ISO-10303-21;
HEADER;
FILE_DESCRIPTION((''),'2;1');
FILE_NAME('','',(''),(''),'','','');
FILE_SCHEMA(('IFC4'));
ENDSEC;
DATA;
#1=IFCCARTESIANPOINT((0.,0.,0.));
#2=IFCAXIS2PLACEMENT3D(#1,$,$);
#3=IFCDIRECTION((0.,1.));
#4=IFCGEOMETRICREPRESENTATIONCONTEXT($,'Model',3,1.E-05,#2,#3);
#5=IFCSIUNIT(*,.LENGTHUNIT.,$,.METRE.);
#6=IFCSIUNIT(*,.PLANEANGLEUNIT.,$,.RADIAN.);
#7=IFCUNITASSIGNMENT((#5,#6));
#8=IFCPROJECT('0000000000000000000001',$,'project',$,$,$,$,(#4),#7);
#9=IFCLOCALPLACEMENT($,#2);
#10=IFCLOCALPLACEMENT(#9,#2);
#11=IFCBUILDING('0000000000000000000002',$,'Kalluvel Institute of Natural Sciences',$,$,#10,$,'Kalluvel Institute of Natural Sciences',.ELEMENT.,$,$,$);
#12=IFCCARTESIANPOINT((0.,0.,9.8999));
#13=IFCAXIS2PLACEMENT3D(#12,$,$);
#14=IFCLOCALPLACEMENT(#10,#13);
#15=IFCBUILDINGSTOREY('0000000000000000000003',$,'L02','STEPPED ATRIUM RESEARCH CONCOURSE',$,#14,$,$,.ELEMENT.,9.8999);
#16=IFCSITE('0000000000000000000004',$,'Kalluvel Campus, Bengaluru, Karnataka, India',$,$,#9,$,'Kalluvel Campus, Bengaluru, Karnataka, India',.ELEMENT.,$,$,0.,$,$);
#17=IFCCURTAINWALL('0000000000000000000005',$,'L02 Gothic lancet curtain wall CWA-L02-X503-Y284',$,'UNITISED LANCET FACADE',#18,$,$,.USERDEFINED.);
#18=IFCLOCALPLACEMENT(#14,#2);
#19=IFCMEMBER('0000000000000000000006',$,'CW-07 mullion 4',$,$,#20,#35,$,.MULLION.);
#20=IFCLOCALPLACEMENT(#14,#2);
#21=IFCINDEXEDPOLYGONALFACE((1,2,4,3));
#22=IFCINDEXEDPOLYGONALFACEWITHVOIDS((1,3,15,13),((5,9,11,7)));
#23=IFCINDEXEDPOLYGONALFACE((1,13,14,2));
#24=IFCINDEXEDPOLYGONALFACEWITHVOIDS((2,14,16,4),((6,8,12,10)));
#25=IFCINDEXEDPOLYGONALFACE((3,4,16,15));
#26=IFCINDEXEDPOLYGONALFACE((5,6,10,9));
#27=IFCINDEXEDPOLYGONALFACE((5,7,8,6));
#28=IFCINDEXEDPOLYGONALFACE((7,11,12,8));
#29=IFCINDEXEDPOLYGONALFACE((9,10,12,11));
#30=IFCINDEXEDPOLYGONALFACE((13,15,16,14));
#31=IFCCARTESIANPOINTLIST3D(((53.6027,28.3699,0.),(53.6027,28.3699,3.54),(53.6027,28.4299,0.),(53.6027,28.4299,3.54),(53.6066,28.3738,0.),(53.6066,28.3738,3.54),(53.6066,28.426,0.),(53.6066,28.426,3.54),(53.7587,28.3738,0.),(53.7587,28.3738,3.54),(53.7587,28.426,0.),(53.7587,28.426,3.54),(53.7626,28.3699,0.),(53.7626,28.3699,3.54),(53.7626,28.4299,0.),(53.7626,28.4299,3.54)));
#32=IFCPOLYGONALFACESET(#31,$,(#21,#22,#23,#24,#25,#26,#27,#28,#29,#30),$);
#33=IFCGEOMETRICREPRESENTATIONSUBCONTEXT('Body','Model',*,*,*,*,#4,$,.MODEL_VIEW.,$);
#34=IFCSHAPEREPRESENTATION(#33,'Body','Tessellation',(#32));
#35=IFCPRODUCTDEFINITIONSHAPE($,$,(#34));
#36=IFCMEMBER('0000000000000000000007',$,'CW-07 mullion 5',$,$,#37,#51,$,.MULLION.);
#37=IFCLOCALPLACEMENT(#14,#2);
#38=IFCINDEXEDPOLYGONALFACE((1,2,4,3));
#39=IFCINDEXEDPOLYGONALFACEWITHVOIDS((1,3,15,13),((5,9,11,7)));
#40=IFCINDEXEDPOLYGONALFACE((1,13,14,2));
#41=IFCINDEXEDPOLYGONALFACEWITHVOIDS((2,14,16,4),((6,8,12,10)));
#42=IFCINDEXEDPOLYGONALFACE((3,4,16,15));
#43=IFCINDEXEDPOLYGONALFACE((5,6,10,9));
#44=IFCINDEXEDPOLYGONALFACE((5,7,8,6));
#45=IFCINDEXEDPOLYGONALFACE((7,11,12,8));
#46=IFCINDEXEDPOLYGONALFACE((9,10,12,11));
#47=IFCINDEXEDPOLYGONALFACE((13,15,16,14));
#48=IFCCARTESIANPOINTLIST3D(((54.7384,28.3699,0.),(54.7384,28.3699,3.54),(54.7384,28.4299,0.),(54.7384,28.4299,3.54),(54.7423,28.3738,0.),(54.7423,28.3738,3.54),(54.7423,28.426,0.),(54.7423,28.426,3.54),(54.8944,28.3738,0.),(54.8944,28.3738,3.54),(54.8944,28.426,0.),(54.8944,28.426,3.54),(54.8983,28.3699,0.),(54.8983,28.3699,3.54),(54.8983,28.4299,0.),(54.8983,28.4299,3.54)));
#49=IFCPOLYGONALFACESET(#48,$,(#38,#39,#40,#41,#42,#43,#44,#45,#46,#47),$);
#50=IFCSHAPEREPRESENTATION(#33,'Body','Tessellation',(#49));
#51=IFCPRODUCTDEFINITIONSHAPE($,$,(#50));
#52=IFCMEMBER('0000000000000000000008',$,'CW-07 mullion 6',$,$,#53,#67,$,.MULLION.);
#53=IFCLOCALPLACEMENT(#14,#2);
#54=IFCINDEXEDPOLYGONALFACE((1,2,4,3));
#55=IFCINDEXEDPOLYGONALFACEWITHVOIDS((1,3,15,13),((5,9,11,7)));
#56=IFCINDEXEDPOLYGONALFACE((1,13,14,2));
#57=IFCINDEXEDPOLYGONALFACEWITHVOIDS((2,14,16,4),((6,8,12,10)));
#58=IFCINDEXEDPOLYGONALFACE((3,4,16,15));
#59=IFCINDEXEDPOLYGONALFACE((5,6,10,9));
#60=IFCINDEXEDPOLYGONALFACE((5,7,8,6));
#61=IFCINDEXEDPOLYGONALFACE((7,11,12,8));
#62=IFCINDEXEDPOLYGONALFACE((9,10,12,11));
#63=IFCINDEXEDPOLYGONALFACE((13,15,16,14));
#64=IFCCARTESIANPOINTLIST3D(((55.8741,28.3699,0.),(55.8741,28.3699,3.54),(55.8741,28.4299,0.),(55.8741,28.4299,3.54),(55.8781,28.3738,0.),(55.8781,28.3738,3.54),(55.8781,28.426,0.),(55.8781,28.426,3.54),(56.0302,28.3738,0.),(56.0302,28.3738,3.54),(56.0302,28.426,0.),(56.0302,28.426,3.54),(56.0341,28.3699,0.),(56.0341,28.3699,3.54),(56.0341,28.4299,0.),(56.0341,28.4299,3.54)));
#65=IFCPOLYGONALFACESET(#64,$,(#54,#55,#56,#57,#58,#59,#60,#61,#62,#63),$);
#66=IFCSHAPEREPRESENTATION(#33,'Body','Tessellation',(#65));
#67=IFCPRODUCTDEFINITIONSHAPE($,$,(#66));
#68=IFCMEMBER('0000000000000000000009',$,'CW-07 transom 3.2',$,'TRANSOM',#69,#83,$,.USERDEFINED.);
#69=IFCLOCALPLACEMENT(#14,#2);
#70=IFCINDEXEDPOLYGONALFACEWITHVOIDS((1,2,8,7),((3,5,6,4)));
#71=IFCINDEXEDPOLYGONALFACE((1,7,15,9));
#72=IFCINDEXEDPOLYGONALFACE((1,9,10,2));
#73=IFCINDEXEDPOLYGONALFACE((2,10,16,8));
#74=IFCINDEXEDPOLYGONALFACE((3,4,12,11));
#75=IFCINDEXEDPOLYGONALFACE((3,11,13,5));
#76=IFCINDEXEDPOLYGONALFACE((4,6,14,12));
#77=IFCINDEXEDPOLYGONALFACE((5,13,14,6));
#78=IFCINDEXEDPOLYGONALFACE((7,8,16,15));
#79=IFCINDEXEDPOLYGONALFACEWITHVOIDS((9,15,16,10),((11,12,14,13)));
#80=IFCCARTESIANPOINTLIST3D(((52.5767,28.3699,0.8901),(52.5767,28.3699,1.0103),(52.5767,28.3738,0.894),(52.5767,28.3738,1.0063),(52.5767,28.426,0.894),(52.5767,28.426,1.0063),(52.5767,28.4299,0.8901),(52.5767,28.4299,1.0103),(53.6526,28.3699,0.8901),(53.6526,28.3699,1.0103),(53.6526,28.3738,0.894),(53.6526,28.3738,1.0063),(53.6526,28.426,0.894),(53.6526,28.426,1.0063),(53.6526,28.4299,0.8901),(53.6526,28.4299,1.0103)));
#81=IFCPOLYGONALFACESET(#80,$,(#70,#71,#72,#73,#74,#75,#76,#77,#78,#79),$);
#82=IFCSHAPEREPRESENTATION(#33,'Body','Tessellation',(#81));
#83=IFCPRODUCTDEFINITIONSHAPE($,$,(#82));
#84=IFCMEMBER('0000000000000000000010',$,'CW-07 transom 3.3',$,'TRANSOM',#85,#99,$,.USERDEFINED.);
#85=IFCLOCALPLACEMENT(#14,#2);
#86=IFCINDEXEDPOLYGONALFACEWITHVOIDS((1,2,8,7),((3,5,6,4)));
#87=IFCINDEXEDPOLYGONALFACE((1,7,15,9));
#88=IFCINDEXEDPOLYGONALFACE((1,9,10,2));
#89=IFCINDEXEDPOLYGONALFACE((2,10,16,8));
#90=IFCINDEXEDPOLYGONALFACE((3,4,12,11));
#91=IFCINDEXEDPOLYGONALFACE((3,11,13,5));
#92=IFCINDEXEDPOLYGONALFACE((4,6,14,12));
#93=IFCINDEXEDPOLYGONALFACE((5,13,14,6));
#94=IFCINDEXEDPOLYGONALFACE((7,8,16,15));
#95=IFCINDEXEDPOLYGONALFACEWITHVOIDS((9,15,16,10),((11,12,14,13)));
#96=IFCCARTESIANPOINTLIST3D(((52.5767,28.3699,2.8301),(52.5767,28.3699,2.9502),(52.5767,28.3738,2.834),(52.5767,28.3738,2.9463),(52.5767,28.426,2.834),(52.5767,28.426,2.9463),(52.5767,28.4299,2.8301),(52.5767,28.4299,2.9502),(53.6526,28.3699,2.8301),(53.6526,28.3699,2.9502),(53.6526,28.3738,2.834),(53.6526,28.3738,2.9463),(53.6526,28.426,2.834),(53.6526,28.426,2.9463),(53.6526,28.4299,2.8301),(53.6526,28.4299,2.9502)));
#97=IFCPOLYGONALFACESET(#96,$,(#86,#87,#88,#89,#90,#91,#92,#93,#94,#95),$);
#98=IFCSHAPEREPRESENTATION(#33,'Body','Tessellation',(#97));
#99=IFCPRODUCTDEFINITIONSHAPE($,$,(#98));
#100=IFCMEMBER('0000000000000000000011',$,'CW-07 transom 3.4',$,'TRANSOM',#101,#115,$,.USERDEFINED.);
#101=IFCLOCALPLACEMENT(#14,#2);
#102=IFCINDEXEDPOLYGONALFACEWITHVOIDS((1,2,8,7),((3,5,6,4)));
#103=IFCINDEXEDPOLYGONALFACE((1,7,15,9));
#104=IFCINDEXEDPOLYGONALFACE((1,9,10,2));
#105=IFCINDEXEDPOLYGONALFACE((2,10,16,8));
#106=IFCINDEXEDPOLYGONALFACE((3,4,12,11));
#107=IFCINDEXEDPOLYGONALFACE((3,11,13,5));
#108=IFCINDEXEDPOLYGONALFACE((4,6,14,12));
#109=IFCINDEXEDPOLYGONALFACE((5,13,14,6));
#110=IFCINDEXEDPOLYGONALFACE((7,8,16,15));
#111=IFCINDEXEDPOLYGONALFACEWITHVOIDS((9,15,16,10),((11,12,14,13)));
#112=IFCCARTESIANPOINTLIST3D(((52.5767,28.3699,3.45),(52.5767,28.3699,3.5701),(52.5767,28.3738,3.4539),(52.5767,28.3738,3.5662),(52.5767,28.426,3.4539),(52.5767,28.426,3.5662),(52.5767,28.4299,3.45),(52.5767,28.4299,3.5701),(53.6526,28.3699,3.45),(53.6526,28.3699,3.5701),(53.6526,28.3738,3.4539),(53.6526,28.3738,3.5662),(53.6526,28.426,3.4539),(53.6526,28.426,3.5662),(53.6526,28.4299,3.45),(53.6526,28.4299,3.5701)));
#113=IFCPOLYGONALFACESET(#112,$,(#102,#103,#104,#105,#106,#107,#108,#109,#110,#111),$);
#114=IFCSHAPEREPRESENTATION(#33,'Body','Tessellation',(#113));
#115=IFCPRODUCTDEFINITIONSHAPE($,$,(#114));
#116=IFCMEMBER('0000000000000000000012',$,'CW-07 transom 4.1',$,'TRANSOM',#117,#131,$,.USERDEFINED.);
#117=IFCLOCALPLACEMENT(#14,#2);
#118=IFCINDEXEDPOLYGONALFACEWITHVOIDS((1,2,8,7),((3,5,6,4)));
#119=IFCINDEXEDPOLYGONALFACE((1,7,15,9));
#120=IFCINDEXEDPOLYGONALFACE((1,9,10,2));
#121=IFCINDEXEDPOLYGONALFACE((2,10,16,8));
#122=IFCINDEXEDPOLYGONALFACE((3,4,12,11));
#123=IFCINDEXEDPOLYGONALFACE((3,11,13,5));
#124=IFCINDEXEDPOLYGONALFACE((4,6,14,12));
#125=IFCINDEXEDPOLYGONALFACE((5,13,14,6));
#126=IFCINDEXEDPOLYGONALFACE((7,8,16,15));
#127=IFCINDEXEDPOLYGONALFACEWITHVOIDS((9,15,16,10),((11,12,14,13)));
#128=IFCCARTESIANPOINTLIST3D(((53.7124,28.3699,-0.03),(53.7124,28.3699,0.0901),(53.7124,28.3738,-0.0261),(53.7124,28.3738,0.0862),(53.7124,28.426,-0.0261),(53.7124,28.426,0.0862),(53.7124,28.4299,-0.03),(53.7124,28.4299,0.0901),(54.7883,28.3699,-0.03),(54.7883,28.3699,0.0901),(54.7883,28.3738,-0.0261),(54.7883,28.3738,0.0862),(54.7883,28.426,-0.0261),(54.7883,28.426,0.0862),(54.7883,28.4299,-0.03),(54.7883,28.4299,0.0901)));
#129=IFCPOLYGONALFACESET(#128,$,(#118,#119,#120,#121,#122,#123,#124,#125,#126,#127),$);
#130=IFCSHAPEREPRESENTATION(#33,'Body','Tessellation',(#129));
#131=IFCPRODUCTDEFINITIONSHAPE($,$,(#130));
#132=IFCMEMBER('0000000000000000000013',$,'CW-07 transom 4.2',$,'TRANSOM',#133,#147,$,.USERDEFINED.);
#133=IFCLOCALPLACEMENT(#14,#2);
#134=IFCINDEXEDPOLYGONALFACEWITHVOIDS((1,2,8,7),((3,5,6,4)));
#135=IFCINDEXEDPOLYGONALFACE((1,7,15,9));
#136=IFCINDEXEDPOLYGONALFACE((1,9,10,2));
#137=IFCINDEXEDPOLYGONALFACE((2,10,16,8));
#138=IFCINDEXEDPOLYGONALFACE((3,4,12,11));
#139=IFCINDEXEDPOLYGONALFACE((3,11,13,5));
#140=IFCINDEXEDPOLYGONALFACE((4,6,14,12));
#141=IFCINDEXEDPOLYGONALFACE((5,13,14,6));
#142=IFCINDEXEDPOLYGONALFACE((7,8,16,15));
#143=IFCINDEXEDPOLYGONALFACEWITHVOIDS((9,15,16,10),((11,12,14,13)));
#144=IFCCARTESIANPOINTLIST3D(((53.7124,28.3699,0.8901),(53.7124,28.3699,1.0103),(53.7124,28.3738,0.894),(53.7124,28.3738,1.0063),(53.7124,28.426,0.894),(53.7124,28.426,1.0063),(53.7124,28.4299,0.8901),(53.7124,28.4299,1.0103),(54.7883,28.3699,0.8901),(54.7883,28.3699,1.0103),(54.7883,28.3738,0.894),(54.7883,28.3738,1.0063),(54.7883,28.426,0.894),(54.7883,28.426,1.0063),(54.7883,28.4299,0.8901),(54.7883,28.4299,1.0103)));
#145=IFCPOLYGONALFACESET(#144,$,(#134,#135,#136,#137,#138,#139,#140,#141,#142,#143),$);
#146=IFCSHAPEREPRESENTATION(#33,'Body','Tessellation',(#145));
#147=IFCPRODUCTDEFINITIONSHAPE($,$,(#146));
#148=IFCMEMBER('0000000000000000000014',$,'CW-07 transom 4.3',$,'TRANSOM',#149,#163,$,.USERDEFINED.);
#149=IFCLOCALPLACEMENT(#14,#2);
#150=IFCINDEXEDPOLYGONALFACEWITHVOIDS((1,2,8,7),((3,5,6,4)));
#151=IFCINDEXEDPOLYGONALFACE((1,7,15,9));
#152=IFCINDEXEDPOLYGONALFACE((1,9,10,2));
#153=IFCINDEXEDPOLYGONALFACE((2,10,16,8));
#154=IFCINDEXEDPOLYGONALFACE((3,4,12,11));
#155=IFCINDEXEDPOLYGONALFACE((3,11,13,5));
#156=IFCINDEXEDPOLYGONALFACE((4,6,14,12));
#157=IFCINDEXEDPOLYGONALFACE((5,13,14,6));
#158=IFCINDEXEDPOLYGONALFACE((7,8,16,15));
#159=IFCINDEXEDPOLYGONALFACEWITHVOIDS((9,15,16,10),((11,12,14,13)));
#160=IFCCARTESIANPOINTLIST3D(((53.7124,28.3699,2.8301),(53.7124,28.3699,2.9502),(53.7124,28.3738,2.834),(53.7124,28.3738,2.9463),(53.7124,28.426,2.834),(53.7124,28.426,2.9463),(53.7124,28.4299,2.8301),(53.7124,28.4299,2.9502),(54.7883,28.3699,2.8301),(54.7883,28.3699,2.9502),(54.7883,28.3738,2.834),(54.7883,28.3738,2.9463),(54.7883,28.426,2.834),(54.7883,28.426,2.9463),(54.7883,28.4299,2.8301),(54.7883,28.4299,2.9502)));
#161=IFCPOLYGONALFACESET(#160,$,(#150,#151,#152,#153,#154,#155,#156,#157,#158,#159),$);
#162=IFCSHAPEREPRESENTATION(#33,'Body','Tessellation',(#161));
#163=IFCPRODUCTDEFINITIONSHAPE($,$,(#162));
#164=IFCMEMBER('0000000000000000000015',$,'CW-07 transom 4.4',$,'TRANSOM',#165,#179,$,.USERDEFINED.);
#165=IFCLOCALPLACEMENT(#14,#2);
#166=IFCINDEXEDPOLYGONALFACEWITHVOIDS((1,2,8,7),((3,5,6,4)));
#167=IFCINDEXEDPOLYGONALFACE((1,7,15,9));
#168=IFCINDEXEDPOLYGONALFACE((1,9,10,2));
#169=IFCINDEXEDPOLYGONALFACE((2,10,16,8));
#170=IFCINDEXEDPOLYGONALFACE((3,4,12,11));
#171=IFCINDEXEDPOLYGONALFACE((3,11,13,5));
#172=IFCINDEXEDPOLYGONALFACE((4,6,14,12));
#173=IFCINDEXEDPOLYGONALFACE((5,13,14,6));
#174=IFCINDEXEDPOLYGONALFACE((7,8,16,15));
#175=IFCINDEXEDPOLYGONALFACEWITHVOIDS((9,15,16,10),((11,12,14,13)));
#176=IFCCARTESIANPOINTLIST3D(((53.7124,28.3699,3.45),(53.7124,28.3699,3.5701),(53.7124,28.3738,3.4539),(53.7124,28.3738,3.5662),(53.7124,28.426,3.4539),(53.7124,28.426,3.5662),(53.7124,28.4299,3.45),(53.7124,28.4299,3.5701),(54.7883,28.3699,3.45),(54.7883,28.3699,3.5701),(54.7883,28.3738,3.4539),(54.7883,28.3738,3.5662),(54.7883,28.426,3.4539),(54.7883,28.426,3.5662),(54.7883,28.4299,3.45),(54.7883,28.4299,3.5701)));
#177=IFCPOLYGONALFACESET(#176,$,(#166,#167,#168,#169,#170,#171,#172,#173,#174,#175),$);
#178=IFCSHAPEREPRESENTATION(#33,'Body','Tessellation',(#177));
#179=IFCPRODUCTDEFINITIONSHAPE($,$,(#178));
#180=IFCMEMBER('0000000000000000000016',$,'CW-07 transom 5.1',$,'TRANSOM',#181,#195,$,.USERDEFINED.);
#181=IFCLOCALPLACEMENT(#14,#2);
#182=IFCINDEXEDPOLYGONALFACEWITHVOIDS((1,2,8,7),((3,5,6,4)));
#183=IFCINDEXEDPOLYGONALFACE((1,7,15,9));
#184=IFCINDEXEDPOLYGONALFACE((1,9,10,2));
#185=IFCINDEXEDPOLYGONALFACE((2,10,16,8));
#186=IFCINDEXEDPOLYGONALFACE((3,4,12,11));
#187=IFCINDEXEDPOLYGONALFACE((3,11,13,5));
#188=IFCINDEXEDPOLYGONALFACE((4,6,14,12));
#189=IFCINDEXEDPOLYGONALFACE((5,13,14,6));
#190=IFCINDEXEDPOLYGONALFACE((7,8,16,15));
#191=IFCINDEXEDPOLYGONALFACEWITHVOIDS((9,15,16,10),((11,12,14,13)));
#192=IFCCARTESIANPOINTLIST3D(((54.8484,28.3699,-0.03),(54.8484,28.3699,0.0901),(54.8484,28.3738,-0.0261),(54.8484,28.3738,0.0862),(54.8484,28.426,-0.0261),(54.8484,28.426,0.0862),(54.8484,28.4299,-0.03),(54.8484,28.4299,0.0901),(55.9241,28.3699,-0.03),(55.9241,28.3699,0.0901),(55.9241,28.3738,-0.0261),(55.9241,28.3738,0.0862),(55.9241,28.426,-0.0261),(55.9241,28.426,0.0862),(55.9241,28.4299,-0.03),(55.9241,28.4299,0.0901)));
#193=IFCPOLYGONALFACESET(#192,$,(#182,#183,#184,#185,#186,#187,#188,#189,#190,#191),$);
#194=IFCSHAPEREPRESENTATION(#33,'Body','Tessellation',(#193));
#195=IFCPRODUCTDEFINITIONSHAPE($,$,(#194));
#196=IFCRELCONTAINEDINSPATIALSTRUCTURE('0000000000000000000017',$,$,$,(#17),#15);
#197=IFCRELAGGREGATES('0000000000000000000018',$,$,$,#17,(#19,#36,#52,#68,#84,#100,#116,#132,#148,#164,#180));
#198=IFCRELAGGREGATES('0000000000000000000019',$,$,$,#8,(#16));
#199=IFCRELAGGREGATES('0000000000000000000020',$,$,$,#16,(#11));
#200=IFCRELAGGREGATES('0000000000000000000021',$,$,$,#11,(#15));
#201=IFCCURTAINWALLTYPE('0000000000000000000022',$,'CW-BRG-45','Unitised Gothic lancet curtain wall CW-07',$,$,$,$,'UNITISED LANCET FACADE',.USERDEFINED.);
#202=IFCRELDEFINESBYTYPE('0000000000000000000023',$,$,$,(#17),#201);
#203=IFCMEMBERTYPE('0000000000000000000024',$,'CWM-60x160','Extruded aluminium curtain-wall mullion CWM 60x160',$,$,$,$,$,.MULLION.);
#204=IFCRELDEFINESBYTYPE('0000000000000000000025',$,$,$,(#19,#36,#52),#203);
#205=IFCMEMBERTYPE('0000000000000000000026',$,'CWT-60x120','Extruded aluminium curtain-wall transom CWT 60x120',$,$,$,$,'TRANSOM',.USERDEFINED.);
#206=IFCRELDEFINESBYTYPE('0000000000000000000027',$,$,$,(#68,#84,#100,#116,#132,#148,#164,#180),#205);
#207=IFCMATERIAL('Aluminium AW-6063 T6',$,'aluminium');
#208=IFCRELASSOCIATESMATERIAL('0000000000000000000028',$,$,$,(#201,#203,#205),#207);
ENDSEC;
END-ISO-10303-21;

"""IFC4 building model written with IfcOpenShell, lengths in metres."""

from ifc_helpers import new_model, si_unit, direction, frame, origin, origin_2d, place, context, subcontext, project, spatial, hollow_rectangle, extrude, material, material_profile, profile_set, type_object, element, aggregate, save


model = new_model("IFC4")

# Units and contexts
model_context = context("Model", 3, precision=1e-05, world=origin(), true_north=direction((0.0, 1.0)))
body_context = subcontext(model_context, "Body", "Model", "MODEL_VIEW")
ifc_project = project(units=[si_unit("LENGTHUNIT", "METRE"), si_unit("PLANEANGLEUNIT", "RADIAN")], contexts=[model_context])

# Site, building, storey
site_placement = place(None, origin())
site = spatial("IfcSite", under=ifc_project, at=site_placement, Name="Kalluvel Campus, Bengaluru, Karnataka, India", LongName="Kalluvel Campus, Bengaluru, Karnataka, India", CompositionType="ELEMENT", RefElevation=0.0)
building_placement = place(site_placement, origin())
building = spatial("IfcBuilding", under=site, at=building_placement, Name="Kalluvel Institute of Natural Sciences", LongName="Kalluvel Institute of Natural Sciences", CompositionType="ELEMENT")
storey_placement = place(building_placement, frame((0.0, 0.0, 9.8999)))
storey = spatial("IfcBuildingStorey", under=building, at=storey_placement, Name="L02", Description="STEPPED ATRIUM RESEARCH CONCOURSE", CompositionType="ELEMENT", Elevation=9.8999)

# Curtain wall, members
ifc_material_1 = material(Name="Aluminium AW-6063 T6", Category="aluminium")
curtain_wall_type = type_object("IfcCurtainWallType", Name="CW-BRG-45", Description="Unitised Gothic lancet curtain wall CW-07", ElementType="UNITISED LANCET FACADE", PredefinedType="USERDEFINED", material=ifc_material_1)
curtain_wall_placement = place(storey_placement, origin())
curtain_wall = element("IfcCurtainWall", 1, at=curtain_wall_placement, inside=storey, type_object=curtain_wall_type, Name="L02 Gothic lancet curtain wall CWA-L02-X503-Y284", ObjectType="UNITISED LANCET FACADE", PredefinedType="USERDEFINED")
ifc_material_profile_1 = material_profile(ifc_material_1, hollow_rectangle(XDim=0.0601, YDim=0.1599, WallThickness=0.0039, at=origin_2d()), Name="CWM 60x160")
ifc_profile_set_1 = profile_set([ifc_material_profile_1], Name="Aluminium AW-6063 T6")
member_type_1 = type_object("IfcMemberType", Name="CWM-60x160", Description="Extruded aluminium curtain-wall mullion CWM 60x160", PredefinedType="MULLION", material=ifc_profile_set_1)
member_1_placement = place(storey_placement, frame((53.6826, 28.3999, 0.0), z_axis=(0.0, 0.0, 1.0), x_axis=(0.0, 1.0, 0.0)))
member_1 = element("IfcMember", 2, at=member_1_placement, type_object=member_type_1, Name="CW-07 mullion 4", PredefinedType="MULLION", context=body_context, shape_type="SweptSolid", body=[
    extrude(hollow_rectangle(XDim=0.0601, YDim=0.1599, WallThickness=0.0039, at=origin_2d()), origin(), (0.0, 0.0, 1.0), 3.54),
])
member_2_placement = place(storey_placement, frame((54.8184, 28.3999, 0.0), z_axis=(0.0, 0.0, 1.0), x_axis=(0.0, 1.0, 0.0)))
member_2 = element("IfcMember", 3, at=member_2_placement, type_object=member_type_1, Name="CW-07 mullion 5", PredefinedType="MULLION", context=body_context, shape_type="SweptSolid", body=[
    extrude(hollow_rectangle(XDim=0.0601, YDim=0.1599, WallThickness=0.0039, at=origin_2d()), origin(), (0.0, 0.0, 1.0), 3.54),
])
member_3_placement = place(storey_placement, frame((55.9541, 28.3999, 0.0), z_axis=(0.0, 0.0, 1.0), x_axis=(0.0, 1.0, 0.0)))
member_3 = element("IfcMember", 4, at=member_3_placement, type_object=member_type_1, Name="CW-07 mullion 6", PredefinedType="MULLION", context=body_context, shape_type="SweptSolid", body=[
    extrude(hollow_rectangle(XDim=0.0601, YDim=0.1599, WallThickness=0.0039, at=origin_2d()), origin(), (0.0, 0.0, 1.0), 3.54),
])
ifc_material_profile_2 = material_profile(ifc_material_1, hollow_rectangle(XDim=0.0601, YDim=0.1201, WallThickness=0.0039, at=origin_2d()), Name="CWT 60x120")
ifc_profile_set_2 = profile_set([ifc_material_profile_2], Name="Aluminium AW-6063 T6")
member_type_2 = type_object("IfcMemberType", Name="CWT-60x120", Description="Extruded aluminium curtain-wall transom CWT 60x120", ElementType="TRANSOM", PredefinedType="USERDEFINED", material=ifc_profile_set_2)
member_4_placement = place(storey_placement, frame((52.5767, 28.3999, 0.9502), z_axis=(1.0, 0.0, 0.0), x_axis=(0.0, 1.0, 0.0)))
member_4 = element("IfcMember", 5, at=member_4_placement, type_object=member_type_2, Name="CW-07 transom 3.2", ObjectType="TRANSOM", PredefinedType="USERDEFINED", context=body_context, shape_type="SweptSolid", body=[
    extrude(hollow_rectangle(XDim=0.0601, YDim=0.1201, WallThickness=0.0039, at=origin_2d()), origin(), (0.0, 0.0, 1.0), 1.0759),
])
member_5_placement = place(storey_placement, frame((52.5767, 28.3999, 2.8901), z_axis=(1.0, 0.0, 0.0), x_axis=(0.0, 1.0, 0.0)))
member_5 = element("IfcMember", 6, at=member_5_placement, type_object=member_type_2, Name="CW-07 transom 3.3", ObjectType="TRANSOM", PredefinedType="USERDEFINED", context=body_context, shape_type="SweptSolid", body=[
    extrude(hollow_rectangle(XDim=0.0601, YDim=0.1201, WallThickness=0.0039, at=origin_2d()), origin(), (0.0, 0.0, 1.0), 1.0759),
])
member_6_placement = place(storey_placement, frame((52.5767, 28.3999, 3.51), z_axis=(1.0, 0.0, 0.0), x_axis=(0.0, 1.0, 0.0)))
member_6 = element("IfcMember", 7, at=member_6_placement, type_object=member_type_2, Name="CW-07 transom 3.4", ObjectType="TRANSOM", PredefinedType="USERDEFINED", context=body_context, shape_type="SweptSolid", body=[
    extrude(hollow_rectangle(XDim=0.0601, YDim=0.1201, WallThickness=0.0039, at=origin_2d()), origin(), (0.0, 0.0, 1.0), 1.0759),
])
member_7_placement = place(storey_placement, frame((53.7124, 28.3999, 0.03), z_axis=(1.0, 0.0, 0.0), x_axis=(0.0, 1.0, 0.0)))
member_7 = element("IfcMember", 8, at=member_7_placement, type_object=member_type_2, Name="CW-07 transom 4.1", ObjectType="TRANSOM", PredefinedType="USERDEFINED", context=body_context, shape_type="SweptSolid", body=[
    extrude(hollow_rectangle(XDim=0.0601, YDim=0.1201, WallThickness=0.0039, at=origin_2d()), origin(), (0.0, 0.0, 1.0), 1.0759),
])
member_8_placement = place(storey_placement, frame((53.7124, 28.3999, 0.9502), z_axis=(1.0, 0.0, 0.0), x_axis=(0.0, 1.0, 0.0)))
member_8 = element("IfcMember", 9, at=member_8_placement, type_object=member_type_2, Name="CW-07 transom 4.2", ObjectType="TRANSOM", PredefinedType="USERDEFINED", context=body_context, shape_type="SweptSolid", body=[
    extrude(hollow_rectangle(XDim=0.0601, YDim=0.1201, WallThickness=0.0039, at=origin_2d()), origin(), (0.0, 0.0, 1.0), 1.0759),
])
member_9_placement = place(storey_placement, frame((53.7124, 28.3999, 2.8901), z_axis=(1.0, 0.0, 0.0), x_axis=(0.0, 1.0, 0.0)))
member_9 = element("IfcMember", 10, at=member_9_placement, type_object=member_type_2, Name="CW-07 transom 4.3", ObjectType="TRANSOM", PredefinedType="USERDEFINED", context=body_context, shape_type="SweptSolid", body=[
    extrude(hollow_rectangle(XDim=0.0601, YDim=0.1201, WallThickness=0.0039, at=origin_2d()), origin(), (0.0, 0.0, 1.0), 1.0759),
])
member_10_placement = place(storey_placement, frame((53.7124, 28.3999, 3.51), z_axis=(1.0, 0.0, 0.0), x_axis=(0.0, 1.0, 0.0)))
member_10 = element("IfcMember", 11, at=member_10_placement, type_object=member_type_2, Name="CW-07 transom 4.4", ObjectType="TRANSOM", PredefinedType="USERDEFINED", context=body_context, shape_type="SweptSolid", body=[
    extrude(hollow_rectangle(XDim=0.0601, YDim=0.1201, WallThickness=0.0039, at=origin_2d()), origin(), (0.0, 0.0, 1.0), 1.0759),
])
member_11_placement = place(storey_placement, frame((54.8484, 28.3999, 0.03), z_axis=(1.0, 0.0, 0.0), x_axis=(0.0, 1.0, 0.0)))
member_11 = element("IfcMember", 12, at=member_11_placement, type_object=member_type_2, Name="CW-07 transom 5.1", ObjectType="TRANSOM", PredefinedType="USERDEFINED", context=body_context, shape_type="SweptSolid", body=[
    extrude(hollow_rectangle(XDim=0.0601, YDim=0.1201, WallThickness=0.0039, at=origin_2d()), origin(), (0.0, 0.0, 1.0), 1.0757),
])
aggregate(curtain_wall, [member_1, member_2, member_3, member_4, member_5, member_6, member_7, member_8, member_9, member_10, member_11])

save(model, "model.ifc")
